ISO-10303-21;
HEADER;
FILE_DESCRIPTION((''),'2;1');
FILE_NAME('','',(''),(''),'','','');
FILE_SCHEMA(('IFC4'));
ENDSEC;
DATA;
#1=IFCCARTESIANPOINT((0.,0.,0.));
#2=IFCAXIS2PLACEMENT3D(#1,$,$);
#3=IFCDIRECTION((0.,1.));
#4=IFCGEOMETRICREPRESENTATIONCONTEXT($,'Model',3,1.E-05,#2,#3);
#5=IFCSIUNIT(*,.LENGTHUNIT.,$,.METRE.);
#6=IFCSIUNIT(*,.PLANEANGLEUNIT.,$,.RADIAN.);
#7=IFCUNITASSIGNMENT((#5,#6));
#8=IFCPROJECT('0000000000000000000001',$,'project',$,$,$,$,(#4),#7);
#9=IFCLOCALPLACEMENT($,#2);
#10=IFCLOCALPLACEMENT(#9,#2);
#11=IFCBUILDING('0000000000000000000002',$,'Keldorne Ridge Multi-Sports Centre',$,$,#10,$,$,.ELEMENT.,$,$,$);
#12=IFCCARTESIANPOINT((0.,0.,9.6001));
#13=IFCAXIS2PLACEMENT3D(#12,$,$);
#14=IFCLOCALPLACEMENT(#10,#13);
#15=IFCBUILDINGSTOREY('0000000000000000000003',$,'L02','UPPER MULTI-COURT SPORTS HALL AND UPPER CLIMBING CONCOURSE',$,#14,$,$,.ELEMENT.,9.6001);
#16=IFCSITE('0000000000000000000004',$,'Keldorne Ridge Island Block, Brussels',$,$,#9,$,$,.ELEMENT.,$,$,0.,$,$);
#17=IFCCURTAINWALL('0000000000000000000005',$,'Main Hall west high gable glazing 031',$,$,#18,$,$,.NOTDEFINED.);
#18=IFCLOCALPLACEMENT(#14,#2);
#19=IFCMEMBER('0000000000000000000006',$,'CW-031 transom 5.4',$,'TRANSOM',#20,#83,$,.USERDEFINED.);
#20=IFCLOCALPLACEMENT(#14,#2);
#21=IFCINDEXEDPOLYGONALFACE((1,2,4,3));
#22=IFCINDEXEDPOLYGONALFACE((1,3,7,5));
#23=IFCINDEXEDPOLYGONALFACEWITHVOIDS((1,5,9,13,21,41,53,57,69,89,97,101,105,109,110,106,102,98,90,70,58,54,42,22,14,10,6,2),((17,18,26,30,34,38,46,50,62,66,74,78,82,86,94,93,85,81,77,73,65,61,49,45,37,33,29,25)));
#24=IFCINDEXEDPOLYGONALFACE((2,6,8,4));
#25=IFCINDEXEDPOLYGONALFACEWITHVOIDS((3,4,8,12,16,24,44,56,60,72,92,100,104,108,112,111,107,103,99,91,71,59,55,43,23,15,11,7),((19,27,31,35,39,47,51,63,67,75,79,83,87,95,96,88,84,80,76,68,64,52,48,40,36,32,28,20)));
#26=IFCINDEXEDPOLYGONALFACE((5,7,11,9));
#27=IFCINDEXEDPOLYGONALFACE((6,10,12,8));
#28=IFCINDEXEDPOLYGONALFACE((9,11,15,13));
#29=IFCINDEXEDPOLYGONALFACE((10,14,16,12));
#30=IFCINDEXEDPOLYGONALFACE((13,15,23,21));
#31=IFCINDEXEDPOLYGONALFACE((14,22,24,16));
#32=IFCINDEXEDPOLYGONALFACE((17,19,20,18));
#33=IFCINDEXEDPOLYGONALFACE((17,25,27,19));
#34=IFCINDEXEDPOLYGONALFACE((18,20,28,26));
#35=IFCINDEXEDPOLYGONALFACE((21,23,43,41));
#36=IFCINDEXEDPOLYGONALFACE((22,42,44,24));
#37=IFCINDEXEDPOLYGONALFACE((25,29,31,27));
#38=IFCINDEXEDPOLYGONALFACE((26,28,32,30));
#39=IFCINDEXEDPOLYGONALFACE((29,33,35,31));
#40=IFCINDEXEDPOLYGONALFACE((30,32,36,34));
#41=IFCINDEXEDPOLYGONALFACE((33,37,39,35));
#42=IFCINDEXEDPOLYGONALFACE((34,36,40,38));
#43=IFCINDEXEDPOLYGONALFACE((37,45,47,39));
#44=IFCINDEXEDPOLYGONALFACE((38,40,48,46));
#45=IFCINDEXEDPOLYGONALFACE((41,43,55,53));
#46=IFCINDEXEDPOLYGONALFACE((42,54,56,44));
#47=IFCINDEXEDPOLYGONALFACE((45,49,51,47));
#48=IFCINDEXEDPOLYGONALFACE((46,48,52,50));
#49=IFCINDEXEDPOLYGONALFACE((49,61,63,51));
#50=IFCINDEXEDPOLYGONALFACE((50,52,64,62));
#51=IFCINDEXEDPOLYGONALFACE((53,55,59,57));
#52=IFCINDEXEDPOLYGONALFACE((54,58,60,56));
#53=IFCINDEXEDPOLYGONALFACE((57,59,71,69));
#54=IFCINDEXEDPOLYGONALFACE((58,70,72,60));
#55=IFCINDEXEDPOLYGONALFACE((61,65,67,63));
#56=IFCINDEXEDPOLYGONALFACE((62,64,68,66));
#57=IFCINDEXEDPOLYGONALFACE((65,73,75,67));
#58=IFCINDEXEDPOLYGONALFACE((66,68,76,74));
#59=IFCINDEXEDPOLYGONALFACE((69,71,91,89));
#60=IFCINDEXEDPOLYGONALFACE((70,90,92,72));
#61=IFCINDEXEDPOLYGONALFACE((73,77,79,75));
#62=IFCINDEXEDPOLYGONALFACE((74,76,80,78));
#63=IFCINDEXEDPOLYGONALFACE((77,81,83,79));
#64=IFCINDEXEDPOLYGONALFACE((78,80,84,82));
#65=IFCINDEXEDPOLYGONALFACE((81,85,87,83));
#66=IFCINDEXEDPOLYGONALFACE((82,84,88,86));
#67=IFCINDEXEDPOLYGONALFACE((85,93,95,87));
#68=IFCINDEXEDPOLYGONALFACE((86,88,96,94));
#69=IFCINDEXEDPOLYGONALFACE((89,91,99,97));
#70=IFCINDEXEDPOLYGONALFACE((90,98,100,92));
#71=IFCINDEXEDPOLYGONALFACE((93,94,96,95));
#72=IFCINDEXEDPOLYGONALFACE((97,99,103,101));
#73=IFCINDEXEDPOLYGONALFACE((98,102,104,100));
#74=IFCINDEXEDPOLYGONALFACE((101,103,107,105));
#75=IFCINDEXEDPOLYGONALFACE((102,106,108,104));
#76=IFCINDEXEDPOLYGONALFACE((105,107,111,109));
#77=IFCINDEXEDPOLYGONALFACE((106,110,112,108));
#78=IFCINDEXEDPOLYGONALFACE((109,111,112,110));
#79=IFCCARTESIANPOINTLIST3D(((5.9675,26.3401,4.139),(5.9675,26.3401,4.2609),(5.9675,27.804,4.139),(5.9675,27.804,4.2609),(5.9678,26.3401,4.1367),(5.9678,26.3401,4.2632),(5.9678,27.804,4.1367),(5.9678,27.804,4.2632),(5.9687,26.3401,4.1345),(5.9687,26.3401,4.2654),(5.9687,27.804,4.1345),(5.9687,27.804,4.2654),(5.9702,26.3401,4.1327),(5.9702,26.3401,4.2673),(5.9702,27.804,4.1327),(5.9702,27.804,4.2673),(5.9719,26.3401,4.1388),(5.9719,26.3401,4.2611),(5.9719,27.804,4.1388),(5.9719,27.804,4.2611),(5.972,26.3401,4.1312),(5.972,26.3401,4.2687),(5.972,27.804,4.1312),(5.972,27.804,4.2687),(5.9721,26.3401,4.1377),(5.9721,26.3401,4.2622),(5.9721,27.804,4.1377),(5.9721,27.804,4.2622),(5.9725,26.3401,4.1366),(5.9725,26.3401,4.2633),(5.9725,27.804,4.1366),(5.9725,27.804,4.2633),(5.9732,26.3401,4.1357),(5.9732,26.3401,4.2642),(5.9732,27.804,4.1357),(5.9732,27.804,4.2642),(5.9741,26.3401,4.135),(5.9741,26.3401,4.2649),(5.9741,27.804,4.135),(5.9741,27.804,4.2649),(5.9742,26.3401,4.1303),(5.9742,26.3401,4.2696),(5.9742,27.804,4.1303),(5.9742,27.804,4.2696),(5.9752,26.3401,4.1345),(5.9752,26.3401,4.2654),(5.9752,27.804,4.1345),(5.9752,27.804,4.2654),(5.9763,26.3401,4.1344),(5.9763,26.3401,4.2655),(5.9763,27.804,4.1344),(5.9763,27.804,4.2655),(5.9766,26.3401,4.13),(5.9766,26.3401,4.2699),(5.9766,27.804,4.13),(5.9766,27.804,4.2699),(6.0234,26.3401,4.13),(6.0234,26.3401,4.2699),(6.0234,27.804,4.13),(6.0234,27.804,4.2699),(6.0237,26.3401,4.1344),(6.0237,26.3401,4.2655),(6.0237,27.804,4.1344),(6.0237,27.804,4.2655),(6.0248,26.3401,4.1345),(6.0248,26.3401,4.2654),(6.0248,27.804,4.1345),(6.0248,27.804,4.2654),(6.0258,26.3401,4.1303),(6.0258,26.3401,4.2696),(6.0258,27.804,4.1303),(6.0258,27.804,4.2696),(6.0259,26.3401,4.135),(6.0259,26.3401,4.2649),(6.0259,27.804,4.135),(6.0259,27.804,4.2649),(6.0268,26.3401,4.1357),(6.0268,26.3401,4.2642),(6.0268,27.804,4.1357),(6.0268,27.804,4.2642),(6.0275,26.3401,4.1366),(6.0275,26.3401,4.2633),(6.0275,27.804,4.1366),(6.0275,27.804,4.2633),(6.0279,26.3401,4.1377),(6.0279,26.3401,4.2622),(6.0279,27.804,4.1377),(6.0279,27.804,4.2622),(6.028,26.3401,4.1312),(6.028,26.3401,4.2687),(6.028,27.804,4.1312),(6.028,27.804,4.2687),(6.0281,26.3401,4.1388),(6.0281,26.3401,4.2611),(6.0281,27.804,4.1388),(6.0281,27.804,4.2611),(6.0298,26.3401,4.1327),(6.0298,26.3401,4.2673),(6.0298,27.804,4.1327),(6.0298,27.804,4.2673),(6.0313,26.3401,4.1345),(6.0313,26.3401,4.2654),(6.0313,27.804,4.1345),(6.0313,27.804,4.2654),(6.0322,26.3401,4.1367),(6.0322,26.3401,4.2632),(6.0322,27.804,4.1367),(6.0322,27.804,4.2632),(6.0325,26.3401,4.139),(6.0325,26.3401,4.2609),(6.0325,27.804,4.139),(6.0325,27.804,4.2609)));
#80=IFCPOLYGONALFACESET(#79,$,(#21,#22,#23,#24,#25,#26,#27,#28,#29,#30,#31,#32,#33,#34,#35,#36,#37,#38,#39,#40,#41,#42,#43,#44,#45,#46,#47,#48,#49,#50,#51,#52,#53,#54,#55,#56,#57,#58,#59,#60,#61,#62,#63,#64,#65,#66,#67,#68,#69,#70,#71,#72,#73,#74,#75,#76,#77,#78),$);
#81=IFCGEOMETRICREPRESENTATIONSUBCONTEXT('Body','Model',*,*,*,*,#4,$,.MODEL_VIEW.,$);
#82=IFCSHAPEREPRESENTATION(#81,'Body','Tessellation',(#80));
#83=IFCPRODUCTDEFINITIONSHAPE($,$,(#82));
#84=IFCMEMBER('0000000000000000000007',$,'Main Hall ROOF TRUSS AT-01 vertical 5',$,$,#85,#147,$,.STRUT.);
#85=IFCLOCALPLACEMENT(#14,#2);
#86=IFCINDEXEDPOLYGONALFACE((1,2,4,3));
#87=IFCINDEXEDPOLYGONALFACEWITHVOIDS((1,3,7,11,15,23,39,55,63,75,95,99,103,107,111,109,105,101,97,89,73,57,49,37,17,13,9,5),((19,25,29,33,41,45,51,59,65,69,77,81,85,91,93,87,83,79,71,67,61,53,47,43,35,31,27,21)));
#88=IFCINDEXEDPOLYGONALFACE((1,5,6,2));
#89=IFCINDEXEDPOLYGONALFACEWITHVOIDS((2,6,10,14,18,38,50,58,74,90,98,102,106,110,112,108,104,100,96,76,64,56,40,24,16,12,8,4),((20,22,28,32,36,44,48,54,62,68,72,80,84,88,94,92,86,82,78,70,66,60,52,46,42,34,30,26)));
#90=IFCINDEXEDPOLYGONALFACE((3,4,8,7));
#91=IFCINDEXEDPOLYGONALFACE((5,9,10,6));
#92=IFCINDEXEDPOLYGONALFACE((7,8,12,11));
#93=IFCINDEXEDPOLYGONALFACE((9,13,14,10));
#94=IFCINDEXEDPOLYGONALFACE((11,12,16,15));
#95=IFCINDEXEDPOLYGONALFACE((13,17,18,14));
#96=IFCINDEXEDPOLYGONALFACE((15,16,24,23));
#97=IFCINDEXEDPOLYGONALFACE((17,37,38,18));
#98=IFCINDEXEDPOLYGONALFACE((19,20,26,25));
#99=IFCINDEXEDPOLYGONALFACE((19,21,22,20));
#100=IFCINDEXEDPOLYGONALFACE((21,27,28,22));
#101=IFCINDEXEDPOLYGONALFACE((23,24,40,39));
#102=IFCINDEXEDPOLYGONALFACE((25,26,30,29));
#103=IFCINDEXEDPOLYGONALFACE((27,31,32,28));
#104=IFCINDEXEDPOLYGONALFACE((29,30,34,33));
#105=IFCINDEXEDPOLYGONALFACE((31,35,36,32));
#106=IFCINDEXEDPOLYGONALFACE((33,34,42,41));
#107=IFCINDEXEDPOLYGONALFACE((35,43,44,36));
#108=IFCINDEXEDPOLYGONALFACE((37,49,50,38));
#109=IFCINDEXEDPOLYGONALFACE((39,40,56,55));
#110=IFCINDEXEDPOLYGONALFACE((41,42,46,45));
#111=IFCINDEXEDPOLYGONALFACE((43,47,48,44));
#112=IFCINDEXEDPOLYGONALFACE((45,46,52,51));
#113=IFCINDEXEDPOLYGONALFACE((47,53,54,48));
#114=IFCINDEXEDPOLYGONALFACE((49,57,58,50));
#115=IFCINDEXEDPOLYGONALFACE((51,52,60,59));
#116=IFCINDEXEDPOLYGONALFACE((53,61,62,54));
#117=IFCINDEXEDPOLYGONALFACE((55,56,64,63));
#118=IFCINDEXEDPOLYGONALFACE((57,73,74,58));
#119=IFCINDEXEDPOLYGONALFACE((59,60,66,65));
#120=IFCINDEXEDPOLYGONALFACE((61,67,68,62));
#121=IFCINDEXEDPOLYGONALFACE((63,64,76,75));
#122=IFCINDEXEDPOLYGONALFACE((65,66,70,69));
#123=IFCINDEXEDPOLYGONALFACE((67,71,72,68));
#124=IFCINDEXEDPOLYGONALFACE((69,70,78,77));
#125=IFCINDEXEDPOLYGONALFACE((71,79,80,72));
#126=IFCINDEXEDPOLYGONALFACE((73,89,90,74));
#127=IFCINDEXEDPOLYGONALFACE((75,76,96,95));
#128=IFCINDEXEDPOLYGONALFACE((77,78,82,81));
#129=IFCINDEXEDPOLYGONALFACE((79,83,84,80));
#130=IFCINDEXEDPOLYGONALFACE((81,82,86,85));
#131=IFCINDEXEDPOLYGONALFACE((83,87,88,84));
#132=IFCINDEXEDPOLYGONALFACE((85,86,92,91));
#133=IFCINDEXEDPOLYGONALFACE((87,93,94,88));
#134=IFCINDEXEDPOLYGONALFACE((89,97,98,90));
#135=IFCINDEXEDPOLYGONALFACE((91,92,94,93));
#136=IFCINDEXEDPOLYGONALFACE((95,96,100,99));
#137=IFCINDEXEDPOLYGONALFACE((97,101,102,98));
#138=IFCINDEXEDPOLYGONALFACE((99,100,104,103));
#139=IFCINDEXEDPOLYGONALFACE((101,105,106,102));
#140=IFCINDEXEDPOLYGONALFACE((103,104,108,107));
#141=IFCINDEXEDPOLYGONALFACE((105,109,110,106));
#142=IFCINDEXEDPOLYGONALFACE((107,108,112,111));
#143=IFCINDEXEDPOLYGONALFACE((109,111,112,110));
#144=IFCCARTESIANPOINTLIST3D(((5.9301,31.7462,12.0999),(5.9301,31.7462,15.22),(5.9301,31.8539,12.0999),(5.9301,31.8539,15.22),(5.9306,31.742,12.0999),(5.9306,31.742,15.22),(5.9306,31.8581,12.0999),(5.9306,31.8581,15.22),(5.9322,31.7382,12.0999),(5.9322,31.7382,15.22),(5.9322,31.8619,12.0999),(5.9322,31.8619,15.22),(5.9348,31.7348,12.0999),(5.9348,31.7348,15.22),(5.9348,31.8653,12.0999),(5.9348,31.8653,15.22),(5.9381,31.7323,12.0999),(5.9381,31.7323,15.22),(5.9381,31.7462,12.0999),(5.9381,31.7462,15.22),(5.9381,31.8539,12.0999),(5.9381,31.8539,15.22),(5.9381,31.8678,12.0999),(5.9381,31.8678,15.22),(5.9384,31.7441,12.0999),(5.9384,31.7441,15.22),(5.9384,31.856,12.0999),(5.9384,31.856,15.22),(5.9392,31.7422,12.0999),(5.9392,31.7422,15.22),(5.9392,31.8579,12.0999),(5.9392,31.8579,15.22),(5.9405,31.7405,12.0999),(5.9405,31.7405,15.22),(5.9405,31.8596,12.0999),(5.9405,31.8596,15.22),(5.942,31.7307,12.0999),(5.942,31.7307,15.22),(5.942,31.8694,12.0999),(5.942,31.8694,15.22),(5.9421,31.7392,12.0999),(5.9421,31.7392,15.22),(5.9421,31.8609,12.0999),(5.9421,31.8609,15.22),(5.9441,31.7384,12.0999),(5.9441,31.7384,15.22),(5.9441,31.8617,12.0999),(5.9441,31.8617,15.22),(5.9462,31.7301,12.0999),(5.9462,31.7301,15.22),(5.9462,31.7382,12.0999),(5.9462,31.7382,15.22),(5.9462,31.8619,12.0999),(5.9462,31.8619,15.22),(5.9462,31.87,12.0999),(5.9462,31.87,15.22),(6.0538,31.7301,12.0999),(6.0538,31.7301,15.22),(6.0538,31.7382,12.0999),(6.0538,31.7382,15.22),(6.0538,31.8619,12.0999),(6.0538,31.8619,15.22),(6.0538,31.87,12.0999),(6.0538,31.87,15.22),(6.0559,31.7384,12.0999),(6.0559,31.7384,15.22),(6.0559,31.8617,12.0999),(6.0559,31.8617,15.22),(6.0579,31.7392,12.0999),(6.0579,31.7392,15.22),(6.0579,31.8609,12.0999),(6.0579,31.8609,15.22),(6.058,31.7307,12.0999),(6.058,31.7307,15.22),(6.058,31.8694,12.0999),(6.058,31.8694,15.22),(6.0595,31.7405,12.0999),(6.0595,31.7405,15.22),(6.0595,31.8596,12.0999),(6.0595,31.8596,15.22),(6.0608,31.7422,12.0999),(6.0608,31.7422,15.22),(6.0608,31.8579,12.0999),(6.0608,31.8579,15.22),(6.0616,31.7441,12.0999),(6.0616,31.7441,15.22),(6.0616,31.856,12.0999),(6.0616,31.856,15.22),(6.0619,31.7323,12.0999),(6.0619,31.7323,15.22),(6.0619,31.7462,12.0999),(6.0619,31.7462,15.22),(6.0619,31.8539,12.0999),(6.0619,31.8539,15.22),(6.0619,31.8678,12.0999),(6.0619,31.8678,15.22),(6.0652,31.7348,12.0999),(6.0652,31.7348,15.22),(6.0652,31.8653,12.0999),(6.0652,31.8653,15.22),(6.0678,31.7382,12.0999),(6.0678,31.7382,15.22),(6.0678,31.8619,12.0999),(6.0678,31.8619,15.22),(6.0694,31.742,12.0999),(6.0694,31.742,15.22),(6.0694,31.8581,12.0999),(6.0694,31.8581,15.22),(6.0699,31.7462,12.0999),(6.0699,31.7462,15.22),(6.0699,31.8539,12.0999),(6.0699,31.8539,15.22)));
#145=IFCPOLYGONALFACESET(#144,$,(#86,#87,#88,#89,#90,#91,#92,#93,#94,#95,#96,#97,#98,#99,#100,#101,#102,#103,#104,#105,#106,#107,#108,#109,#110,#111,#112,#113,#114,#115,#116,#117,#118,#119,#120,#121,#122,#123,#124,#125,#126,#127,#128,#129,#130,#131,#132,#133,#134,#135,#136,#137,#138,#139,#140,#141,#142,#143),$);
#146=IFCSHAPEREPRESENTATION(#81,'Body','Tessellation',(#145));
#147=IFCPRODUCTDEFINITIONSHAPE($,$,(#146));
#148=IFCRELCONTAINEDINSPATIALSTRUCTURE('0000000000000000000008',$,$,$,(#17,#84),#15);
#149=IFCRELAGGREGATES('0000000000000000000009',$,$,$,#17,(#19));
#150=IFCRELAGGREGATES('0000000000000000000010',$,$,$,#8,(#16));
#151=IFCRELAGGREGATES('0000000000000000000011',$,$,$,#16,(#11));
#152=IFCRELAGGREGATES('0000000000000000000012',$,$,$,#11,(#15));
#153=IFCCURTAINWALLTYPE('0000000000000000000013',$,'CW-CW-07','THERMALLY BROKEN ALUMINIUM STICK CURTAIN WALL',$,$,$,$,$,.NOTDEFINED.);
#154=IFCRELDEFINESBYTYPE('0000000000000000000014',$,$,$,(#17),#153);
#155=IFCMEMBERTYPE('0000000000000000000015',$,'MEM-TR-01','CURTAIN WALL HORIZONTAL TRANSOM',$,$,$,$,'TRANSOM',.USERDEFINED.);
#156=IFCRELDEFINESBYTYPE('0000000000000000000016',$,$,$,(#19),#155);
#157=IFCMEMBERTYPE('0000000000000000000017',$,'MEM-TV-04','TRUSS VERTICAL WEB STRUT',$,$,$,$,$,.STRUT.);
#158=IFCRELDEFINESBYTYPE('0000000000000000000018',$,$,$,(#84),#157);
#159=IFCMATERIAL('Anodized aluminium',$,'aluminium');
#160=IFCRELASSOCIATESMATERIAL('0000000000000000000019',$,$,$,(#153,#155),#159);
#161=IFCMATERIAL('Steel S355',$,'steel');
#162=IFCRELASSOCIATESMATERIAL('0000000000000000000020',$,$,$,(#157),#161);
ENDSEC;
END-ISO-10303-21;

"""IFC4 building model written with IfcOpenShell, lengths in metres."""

from ifc_helpers import new_model, si_unit, direction, frame, origin, origin_2d, place, context, subcontext, project, spatial, hollow_rectangle, extrude, material, material_profile, profile_set, type_object, element, aggregate, save


model = new_model("IFC4")

# Units and contexts
model_context = context("Model", 3, precision=1e-05, world=origin(), true_north=direction((0.0, 1.0)))
body_context = subcontext(model_context, "Body", "Model", "MODEL_VIEW")
ifc_project = project(units=[si_unit("LENGTHUNIT", "METRE"), si_unit("PLANEANGLEUNIT", "RADIAN")], contexts=[model_context])

# Site, building, storey
site_placement = place(None, origin())
site = spatial("IfcSite", under=ifc_project, at=site_placement, Name="Keldorne Ridge Island Block, Brussels", CompositionType="ELEMENT", RefElevation=0.0)
building_placement = place(site_placement, origin())
building = spatial("IfcBuilding", under=site, at=building_placement, Name="Keldorne Ridge Multi-Sports Centre", CompositionType="ELEMENT")
storey_placement = place(building_placement, frame((0.0, 0.0, 9.6001)))
storey = spatial("IfcBuildingStorey", under=building, at=storey_placement, Name="L02", Description="UPPER MULTI-COURT SPORTS HALL AND UPPER CLIMBING CONCOURSE", CompositionType="ELEMENT", Elevation=9.6001)

# Shared definitions
ifc_material_1 = material(Name="Steel S355", Category="steel")

# Curtain wall, member
ifc_material_2 = material(Name="Anodized aluminium", Category="aluminium")
curtain_wall_type_1 = type_object("IfcCurtainWallType", Name="CW-CW-07", Description="THERMALLY BROKEN ALUMINIUM STICK CURTAIN WALL", PredefinedType="NOTDEFINED", material=ifc_material_2)
curtain_wall_1_placement = place(storey_placement, origin())
curtain_wall_1 = element("IfcCurtainWall", 1, at=curtain_wall_1_placement, inside=storey, type_object=curtain_wall_type_1, Name="Main Hall west high gable glazing 031", PredefinedType="NOTDEFINED")
ifc_material_profile_1 = material_profile(ifc_material_2, hollow_rectangle(XDim=0.0649, YDim=0.1399, WallThickness=0.0044, InnerFilletRadius=0.0044, OuterFilletRadius=0.009, at=origin_2d()), Name="ALU TRANSOM 140x65x4.5")
ifc_profile_set_1 = profile_set([ifc_material_profile_1], Name="Anodized aluminium")
member_type_1 = type_object("IfcMemberType", Name="MEM-TR-01", Description="CURTAIN WALL HORIZONTAL TRANSOM", ElementType="TRANSOM", PredefinedType="USERDEFINED", material=ifc_profile_set_1)
member_1_placement = place(storey_placement, frame((6.0, 27.804, 4.2), z_axis=(0.0, -1.0, 0.0), x_axis=(1.0, 0.0, 0.0)))
member_1 = element("IfcMember", 2, at=member_1_placement, type_object=member_type_1, Name="CW-031 transom 5.4", ObjectType="TRANSOM", PredefinedType="USERDEFINED", context=body_context, shape_type="SweptSolid", body=[
    extrude(hollow_rectangle(XDim=0.0649, YDim=0.1399, WallThickness=0.0044, InnerFilletRadius=0.0044, OuterFilletRadius=0.009, at=origin_2d()), origin(), (0.0, 0.0, 1.0), 1.4639),
])

# Member
ifc_material_profile_2 = material_profile(ifc_material_1, hollow_rectangle(XDim=0.1399, YDim=0.1399, WallThickness=0.0081, InnerFilletRadius=0.0081, OuterFilletRadius=0.0161, at=origin_2d()), Name="SHS 140x140x8")
ifc_profile_set_2 = profile_set([ifc_material_profile_2], Name="Steel S355")
member_type_2 = type_object("IfcMemberType", Name="MEM-TV-04", Description="TRUSS VERTICAL WEB STRUT", PredefinedType="STRUT", material=ifc_profile_set_2)
member_2_placement = place(storey_placement, frame((6.0, 31.8, 12.0999), z_axis=(0.0, 0.0, 1.0), x_axis=(1.0, 0.0, 0.0)))
element("IfcMember", 3, at=member_2_placement, inside=storey, type_object=member_type_2, Name="Main Hall ROOF TRUSS AT-01 vertical 5", PredefinedType="STRUT", context=body_context, shape_type="SweptSolid", body=[
    extrude(hollow_rectangle(XDim=0.1399, YDim=0.1399, WallThickness=0.0081, InnerFilletRadius=0.0081, OuterFilletRadius=0.0161, at=origin_2d()), origin(), (0.0, 0.0, 1.0), 3.1201),
])

aggregate(curtain_wall_1, [member_1])

save(model, "model.ifc")
